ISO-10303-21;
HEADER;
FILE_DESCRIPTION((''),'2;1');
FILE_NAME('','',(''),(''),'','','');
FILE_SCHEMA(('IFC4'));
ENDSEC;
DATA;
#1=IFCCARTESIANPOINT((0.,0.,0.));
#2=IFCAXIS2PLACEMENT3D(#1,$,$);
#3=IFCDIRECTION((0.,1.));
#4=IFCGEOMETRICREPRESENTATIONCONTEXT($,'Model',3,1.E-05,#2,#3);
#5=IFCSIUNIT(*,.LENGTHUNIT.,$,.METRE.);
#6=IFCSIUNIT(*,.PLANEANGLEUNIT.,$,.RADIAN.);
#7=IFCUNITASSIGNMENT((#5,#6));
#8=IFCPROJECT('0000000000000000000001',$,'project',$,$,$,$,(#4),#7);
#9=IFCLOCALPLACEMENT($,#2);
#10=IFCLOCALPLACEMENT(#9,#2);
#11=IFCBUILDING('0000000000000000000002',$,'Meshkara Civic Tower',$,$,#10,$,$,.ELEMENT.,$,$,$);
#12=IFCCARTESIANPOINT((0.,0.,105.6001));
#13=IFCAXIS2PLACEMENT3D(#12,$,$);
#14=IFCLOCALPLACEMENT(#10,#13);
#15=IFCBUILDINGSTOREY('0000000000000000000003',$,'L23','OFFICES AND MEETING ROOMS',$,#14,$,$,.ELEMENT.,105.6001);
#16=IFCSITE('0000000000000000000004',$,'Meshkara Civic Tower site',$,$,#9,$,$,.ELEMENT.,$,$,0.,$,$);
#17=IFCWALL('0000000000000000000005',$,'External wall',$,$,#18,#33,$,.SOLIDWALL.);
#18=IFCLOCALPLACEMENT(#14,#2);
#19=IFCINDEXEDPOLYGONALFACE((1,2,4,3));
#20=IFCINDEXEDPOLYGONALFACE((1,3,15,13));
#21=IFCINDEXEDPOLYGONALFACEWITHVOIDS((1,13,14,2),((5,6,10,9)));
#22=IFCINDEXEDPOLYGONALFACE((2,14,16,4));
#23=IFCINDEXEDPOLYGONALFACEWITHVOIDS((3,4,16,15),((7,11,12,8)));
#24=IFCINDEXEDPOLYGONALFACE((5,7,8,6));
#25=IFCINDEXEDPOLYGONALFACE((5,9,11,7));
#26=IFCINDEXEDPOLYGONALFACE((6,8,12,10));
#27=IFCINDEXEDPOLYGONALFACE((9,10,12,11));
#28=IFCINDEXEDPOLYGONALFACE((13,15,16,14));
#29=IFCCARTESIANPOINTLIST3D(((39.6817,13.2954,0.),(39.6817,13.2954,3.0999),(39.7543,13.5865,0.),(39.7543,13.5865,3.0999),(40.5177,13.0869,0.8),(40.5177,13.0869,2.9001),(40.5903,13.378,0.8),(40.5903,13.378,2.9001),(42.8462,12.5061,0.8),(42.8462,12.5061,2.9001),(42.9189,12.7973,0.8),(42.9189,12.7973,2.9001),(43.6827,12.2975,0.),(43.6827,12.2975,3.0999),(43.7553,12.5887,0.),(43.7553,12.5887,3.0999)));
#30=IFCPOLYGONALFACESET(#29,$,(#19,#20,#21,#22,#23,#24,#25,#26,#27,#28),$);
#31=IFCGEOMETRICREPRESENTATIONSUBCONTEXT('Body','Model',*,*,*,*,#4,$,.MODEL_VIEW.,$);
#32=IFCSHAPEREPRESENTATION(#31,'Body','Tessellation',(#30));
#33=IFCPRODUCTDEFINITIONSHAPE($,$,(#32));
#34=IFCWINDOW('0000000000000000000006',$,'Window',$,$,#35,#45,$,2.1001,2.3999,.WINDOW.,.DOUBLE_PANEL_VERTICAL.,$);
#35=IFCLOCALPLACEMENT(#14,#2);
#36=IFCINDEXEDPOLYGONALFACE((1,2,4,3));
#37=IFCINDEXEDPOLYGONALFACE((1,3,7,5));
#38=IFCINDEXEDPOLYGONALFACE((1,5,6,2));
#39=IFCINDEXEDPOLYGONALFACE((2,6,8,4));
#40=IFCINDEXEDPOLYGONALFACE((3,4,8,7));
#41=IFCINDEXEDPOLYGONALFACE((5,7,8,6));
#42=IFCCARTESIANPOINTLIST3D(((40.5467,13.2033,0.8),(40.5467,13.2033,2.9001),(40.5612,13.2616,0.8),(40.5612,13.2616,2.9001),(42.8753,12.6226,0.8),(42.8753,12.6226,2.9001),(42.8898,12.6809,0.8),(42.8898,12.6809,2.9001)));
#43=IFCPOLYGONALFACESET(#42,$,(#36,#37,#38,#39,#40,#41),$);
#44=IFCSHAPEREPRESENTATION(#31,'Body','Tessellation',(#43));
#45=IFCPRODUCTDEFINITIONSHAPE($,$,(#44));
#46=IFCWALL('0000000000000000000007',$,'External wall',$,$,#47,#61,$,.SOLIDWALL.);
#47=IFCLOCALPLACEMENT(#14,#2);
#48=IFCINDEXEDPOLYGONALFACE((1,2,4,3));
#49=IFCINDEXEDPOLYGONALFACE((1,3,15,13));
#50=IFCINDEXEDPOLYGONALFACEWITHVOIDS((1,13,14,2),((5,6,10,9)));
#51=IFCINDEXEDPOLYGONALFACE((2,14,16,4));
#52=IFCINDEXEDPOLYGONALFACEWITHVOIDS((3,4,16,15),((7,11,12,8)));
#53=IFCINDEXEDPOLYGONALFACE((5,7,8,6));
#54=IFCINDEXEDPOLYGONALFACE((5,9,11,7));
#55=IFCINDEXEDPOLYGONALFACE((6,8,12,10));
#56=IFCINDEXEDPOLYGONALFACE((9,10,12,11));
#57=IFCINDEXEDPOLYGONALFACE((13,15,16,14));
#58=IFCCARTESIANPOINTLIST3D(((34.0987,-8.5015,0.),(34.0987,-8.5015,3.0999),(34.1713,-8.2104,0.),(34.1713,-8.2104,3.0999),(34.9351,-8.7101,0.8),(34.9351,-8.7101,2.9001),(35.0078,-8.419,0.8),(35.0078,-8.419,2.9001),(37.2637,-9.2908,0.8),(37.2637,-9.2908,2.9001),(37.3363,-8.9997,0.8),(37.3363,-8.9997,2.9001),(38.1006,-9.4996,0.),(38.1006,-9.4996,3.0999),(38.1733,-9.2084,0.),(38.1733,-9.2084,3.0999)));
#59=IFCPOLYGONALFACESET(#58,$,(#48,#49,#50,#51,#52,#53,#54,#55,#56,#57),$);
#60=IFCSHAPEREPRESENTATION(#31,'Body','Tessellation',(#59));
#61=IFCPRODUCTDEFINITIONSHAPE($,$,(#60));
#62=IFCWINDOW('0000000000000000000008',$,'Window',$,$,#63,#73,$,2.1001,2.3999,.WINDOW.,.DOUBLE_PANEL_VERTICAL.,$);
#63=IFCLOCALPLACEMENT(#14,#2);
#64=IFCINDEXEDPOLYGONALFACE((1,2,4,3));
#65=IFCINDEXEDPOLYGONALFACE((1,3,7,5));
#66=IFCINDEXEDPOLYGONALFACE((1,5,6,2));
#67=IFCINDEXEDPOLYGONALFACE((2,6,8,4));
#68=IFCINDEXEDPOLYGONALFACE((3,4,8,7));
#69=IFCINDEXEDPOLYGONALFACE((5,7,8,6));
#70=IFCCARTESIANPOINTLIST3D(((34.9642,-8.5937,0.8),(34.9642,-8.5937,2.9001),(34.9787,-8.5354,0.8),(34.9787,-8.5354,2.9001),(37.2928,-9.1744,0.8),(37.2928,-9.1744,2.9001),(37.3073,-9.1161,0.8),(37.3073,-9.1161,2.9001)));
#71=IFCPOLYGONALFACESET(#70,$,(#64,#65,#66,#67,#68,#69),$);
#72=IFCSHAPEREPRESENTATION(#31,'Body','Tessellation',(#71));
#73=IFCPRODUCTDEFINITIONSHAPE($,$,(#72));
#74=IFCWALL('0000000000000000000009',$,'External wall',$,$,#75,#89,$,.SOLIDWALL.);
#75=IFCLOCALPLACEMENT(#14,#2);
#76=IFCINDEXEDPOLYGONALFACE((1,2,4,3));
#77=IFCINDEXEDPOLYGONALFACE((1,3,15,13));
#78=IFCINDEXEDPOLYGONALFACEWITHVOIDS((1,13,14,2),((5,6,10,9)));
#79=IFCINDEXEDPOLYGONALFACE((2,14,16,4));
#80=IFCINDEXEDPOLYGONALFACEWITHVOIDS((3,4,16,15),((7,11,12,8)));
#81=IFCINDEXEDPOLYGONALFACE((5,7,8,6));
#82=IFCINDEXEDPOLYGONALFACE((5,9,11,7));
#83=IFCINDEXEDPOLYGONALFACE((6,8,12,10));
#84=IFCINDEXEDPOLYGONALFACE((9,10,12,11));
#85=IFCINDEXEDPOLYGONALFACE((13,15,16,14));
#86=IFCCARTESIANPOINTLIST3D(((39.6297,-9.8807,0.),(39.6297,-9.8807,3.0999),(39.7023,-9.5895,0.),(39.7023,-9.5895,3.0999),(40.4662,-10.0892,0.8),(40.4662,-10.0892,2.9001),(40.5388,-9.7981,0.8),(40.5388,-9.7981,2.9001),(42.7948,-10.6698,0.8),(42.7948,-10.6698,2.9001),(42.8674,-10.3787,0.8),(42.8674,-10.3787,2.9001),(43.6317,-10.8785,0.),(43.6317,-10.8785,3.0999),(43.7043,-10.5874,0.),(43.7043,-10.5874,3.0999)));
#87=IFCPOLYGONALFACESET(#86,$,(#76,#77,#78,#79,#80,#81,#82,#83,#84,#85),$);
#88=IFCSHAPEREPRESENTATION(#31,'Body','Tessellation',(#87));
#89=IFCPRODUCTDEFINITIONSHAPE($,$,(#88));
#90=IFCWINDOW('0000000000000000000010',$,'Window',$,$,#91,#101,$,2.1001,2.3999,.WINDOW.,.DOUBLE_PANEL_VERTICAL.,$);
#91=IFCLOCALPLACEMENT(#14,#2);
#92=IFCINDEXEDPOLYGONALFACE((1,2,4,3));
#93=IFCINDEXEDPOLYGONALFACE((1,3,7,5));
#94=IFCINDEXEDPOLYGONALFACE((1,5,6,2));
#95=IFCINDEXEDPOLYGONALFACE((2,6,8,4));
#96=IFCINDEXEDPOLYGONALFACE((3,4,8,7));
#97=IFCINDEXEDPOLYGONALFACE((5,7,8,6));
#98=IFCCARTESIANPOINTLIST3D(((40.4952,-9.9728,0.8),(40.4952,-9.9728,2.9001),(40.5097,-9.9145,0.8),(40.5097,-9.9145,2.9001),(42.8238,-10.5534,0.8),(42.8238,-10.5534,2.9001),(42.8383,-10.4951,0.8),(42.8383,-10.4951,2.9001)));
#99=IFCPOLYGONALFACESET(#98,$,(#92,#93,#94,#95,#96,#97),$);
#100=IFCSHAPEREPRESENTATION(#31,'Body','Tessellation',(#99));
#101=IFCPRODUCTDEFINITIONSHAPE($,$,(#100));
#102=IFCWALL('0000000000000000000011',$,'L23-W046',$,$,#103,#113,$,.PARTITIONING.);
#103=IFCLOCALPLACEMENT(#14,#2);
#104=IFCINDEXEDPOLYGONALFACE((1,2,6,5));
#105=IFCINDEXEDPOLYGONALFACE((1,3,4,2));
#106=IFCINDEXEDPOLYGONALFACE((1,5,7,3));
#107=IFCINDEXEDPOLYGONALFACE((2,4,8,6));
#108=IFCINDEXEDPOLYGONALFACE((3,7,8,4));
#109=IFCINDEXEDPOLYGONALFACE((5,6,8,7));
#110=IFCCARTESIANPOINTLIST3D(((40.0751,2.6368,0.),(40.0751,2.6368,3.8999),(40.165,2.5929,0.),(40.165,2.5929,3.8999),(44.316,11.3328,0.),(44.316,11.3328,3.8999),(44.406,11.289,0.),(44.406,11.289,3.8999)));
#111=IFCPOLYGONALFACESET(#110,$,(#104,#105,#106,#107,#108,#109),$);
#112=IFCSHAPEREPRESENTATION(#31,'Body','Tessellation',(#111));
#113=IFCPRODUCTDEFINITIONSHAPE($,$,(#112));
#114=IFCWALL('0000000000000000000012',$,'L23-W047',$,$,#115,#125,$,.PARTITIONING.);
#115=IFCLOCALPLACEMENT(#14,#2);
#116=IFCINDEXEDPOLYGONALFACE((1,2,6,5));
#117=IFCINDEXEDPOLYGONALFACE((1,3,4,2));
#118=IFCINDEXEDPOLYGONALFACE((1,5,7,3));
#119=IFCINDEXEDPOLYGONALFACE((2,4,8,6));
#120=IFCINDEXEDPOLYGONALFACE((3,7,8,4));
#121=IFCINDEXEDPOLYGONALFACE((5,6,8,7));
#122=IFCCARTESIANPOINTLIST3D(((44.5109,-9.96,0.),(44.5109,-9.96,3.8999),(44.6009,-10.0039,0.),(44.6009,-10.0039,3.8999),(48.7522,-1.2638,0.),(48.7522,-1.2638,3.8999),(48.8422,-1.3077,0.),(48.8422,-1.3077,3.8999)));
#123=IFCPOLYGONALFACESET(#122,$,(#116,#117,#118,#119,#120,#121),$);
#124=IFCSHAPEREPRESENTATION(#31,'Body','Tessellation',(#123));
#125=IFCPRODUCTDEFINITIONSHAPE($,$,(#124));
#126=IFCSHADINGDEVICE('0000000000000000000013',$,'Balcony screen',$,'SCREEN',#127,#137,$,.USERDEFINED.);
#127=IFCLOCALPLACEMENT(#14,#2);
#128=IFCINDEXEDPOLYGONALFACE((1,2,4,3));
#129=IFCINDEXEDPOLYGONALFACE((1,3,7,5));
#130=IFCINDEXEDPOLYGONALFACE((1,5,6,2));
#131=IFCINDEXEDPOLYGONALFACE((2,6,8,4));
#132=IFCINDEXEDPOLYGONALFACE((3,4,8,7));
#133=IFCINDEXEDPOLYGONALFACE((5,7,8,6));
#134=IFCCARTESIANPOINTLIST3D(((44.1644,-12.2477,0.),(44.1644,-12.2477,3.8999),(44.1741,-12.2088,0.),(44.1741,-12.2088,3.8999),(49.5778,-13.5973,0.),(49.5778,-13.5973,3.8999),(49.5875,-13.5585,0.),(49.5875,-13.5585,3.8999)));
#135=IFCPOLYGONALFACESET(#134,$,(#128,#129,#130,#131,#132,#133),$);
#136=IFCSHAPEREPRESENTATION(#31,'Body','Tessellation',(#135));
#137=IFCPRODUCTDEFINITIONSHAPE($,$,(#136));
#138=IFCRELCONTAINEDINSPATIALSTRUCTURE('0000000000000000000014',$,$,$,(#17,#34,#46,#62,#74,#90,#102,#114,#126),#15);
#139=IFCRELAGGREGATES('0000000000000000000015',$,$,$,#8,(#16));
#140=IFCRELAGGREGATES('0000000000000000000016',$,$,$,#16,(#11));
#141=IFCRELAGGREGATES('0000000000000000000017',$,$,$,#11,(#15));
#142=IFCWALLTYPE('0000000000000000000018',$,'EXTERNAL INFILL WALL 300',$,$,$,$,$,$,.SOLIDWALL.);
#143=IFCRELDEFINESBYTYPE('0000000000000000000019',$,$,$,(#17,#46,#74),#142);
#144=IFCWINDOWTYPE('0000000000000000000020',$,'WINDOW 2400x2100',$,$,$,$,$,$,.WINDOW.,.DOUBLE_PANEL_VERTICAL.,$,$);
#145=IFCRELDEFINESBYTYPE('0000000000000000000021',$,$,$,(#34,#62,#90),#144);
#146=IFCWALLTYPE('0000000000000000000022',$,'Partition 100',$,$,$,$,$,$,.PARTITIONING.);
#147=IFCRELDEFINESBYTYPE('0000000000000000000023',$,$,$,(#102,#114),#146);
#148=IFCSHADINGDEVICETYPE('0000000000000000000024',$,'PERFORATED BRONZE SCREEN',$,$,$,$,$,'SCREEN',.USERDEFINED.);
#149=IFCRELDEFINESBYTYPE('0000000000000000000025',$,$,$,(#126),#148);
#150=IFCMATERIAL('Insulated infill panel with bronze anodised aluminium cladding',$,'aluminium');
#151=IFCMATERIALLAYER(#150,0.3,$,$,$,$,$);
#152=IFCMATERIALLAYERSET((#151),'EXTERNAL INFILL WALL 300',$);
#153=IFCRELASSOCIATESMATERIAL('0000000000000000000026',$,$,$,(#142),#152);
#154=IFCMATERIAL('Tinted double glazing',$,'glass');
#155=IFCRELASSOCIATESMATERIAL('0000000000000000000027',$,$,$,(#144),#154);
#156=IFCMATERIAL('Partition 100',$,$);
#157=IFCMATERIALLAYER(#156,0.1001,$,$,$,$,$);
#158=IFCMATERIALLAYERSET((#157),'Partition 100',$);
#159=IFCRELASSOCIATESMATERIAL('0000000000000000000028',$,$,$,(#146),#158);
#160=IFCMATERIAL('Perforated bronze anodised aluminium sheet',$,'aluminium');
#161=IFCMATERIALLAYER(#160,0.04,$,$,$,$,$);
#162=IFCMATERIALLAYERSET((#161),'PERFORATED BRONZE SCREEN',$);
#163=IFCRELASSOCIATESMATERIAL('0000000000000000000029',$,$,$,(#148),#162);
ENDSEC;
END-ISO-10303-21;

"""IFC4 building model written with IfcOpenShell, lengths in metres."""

from ifc_helpers import new_model, si_unit, direction, frame, frame_2d, origin, origin_2d, place, context, subcontext, project, spatial, rectangle, extrude, material, layer, layer_set, type_object, element, fill, save


model = new_model("IFC4")

# Units and contexts
model_context = context("Model", 3, precision=1e-05, world=origin(), true_north=direction((0.0, 1.0)))
body_context = subcontext(model_context, "Body", "Model", "MODEL_VIEW")
ifc_project = project(units=[si_unit("LENGTHUNIT", "METRE"), si_unit("PLANEANGLEUNIT", "RADIAN")], contexts=[model_context])

# Site, building, storey
site_placement = place(None, origin())
site = spatial("IfcSite", under=ifc_project, at=site_placement, Name="Meshkara Civic Tower site", CompositionType="ELEMENT", RefElevation=0.0)
building_placement = place(site_placement, origin())
building = spatial("IfcBuilding", under=site, at=building_placement, Name="Meshkara Civic Tower", CompositionType="ELEMENT")
storey_placement = place(building_placement, frame((0.0, 0.0, 105.6001)))
storey = spatial("IfcBuildingStorey", under=building, at=storey_placement, Name="L23", Description="OFFICES AND MEETING ROOMS", CompositionType="ELEMENT", Elevation=105.6001)

# Walls, openings, windows
ifc_material_1 = material(Name="Insulated infill panel with bronze anodised aluminium cladding", Category="aluminium")
ifc_layer_1 = layer(ifc_material_1, 0.3)
ifc_layer_set_1 = layer_set([ifc_layer_1], Name="EXTERNAL INFILL WALL 300")
wall_type_1 = type_object("IfcWallType", Name="EXTERNAL INFILL WALL 300", PredefinedType="SOLIDWALL", material=ifc_layer_set_1)
wall_1_placement = place(storey_placement, frame((43.719, 12.4431, 0.0), z_axis=(0.0, 0.0, 1.0), x_axis=(-0.970282, 0.241978, 0.0)))
wall_1 = element("IfcWall", 1, at=wall_1_placement, inside=storey, type_object=wall_type_1, Name="External wall", PredefinedType="SOLIDWALL", context=body_context, shape_type="SweptSolid", body=[
    extrude(rectangle(XDim=4.1235, YDim=0.3, at=frame_2d((2.0618, 0.0))), origin(), (0.0, 0.0, 1.0), 3.0999),
])
opening_1_placement = place(wall_1_placement, frame((0.8621, 0.0, 0.8)))
opening_1 = element("IfcOpeningElement", 2, at=opening_1_placement, cuts=wall_1, PredefinedType="OPENING", context=body_context, shape_type="SweptSolid", body=[
    extrude(rectangle(XDim=2.3999, YDim=2.1001, at=frame_2d((1.2, 1.05))), frame((0.0, 0.1599, 0.0), z_axis=(0.0, -1.0, 0.0), x_axis=(1.0, 0.0, 0.0)), (0.0, 0.0, 1.0), 0.3201),
])
ifc_material_2 = material(Name="Tinted double glazing", Category="glass")
window_type = type_object("IfcWindowType", Name="WINDOW 2400x2100", PartitioningType="DOUBLE_PANEL_VERTICAL", PredefinedType="WINDOW", material=ifc_material_2)
window_1_placement = place(opening_1_placement, origin())
window_1 = element("IfcWindow", 3, at=window_1_placement, inside=storey, type_object=window_type, Name="Window", OverallHeight=2.1001, OverallWidth=2.3999, PartitioningType="DOUBLE_PANEL_VERTICAL", PredefinedType="WINDOW", context=body_context, shape_type="SweptSolid", body=[
    extrude(rectangle(XDim=2.3999, YDim=2.1001, at=frame_2d((1.2, 1.05))), frame((0.0, 0.03, 0.0), z_axis=(0.0, -1.0, 0.0), x_axis=(1.0, 0.0, 0.0)), (0.0, 0.0, 1.0), 0.0601),
])
fill(opening_1, window_1)
wall_2_placement = place(storey_placement, frame((34.135, -8.356, 0.0), z_axis=(0.0, 0.0, 1.0), x_axis=(0.970282, -0.241978, 0.0)))
wall_2 = element("IfcWall", 4, at=wall_2_placement, inside=storey, type_object=wall_type_1, Name="External wall", PredefinedType="SOLIDWALL", context=body_context, shape_type="SweptSolid", body=[
    extrude(rectangle(XDim=4.1245, YDim=0.3, at=frame_2d((2.0623, 0.0))), origin(), (0.0, 0.0, 1.0), 3.0999),
])
opening_2_placement = place(wall_2_placement, frame((0.8621, 0.0, 0.8)))
opening_2 = element("IfcOpeningElement", 5, at=opening_2_placement, cuts=wall_2, PredefinedType="OPENING", context=body_context, shape_type="SweptSolid", body=[
    extrude(rectangle(XDim=2.3999, YDim=2.1001, at=frame_2d((1.2, 1.05))), frame((0.0, 0.1599, 0.0), z_axis=(0.0, -1.0, 0.0), x_axis=(1.0, 0.0, 0.0)), (0.0, 0.0, 1.0), 0.3201),
])
window_2_placement = place(opening_2_placement, origin())
window_2 = element("IfcWindow", 6, at=window_2_placement, inside=storey, type_object=window_type, Name="Window", OverallHeight=2.1001, OverallWidth=2.3999, PartitioningType="DOUBLE_PANEL_VERTICAL", PredefinedType="WINDOW", context=body_context, shape_type="SweptSolid", body=[
    extrude(rectangle(XDim=2.3999, YDim=2.1001, at=frame_2d((1.2, 1.05))), frame((0.0, 0.03, 0.0), z_axis=(0.0, -1.0, 0.0), x_axis=(1.0, 0.0, 0.0)), (0.0, 0.0, 1.0), 0.0601),
])
fill(opening_2, window_2)
wall_3_placement = place(storey_placement, frame((39.666, -9.7351, 0.0), z_axis=(0.0, 0.0, 1.0), x_axis=(0.970296, -0.241923, 0.0)))
wall_3 = element("IfcWall", 7, at=wall_3_placement, inside=storey, type_object=wall_type_1, Name="External wall", PredefinedType="SOLIDWALL", context=body_context, shape_type="SweptSolid", body=[
    extrude(rectangle(XDim=4.1245, YDim=0.3, at=frame_2d((2.0623, 0.0))), origin(), (0.0, 0.0, 1.0), 3.0999),
])
opening_3_placement = place(wall_3_placement, frame((0.8621, 0.0, 0.8)))
opening_3 = element("IfcOpeningElement", 8, at=opening_3_placement, cuts=wall_3, PredefinedType="OPENING", context=body_context, shape_type="SweptSolid", body=[
    extrude(rectangle(XDim=2.3999, YDim=2.1001, at=frame_2d((1.2, 1.05))), frame((0.0, 0.1599, 0.0), z_axis=(0.0, -1.0, 0.0), x_axis=(1.0, 0.0, 0.0)), (0.0, 0.0, 1.0), 0.3201),
])
window_3_placement = place(opening_3_placement, origin())
window_3 = element("IfcWindow", 9, at=window_3_placement, inside=storey, type_object=window_type, Name="Window", OverallHeight=2.1001, OverallWidth=2.3999, PartitioningType="DOUBLE_PANEL_VERTICAL", PredefinedType="WINDOW", context=body_context, shape_type="SweptSolid", body=[
    extrude(rectangle(XDim=2.3999, YDim=2.1001, at=frame_2d((1.2, 1.05))), frame((0.0, 0.03, 0.0), z_axis=(0.0, -1.0, 0.0), x_axis=(1.0, 0.0, 0.0)), (0.0, 0.0, 1.0), 0.0601),
])
fill(opening_3, window_3)

# Walls
ifc_material_3 = material(Name="Partition 100")
ifc_layer_2 = layer(ifc_material_3, 0.1001)
ifc_layer_set_2 = layer_set([ifc_layer_2], Name="Partition 100")
wall_type_2 = type_object("IfcWallType", Name="Partition 100", PredefinedType="PARTITIONING", material=ifc_layer_set_2)
wall_4_placement = place(storey_placement, frame((40.1201, 2.615, 0.0), z_axis=(0.0, 0.0, 1.0), x_axis=(0.43834, 0.898809, 0.0)))
element("IfcWall", 10, at=wall_4_placement, inside=storey, type_object=wall_type_2, Name="L23-W046", PredefinedType="PARTITIONING", context=body_context, shape_type="SweptSolid", body=[
    extrude(rectangle(XDim=9.675, YDim=0.1001, at=frame_2d((4.8374, 0.0))), origin(), (0.0, 0.0, 1.0), 3.8999),
])
wall_5_placement = place(storey_placement, frame((44.5559, -9.9819, 0.0), z_axis=(0.0, 0.0, 1.0), x_axis=(0.43836, 0.898799, 0.0)))
element("IfcWall", 11, at=wall_5_placement, inside=storey, type_object=wall_type_2, Name="L23-W047", PredefinedType="PARTITIONING", context=body_context, shape_type="SweptSolid", body=[
    extrude(rectangle(XDim=9.6753, YDim=0.1001, at=frame_2d((4.8376, 0.0))), origin(), (0.0, 0.0, 1.0), 3.8999),
])

# Shading device
ifc_material_4 = material(Name="Perforated bronze anodised aluminium sheet", Category="aluminium")
ifc_layer_3 = layer(ifc_material_4, 0.04)
ifc_layer_set_3 = layer_set([ifc_layer_3], Name="PERFORATED BRONZE SCREEN")
shading_device_type = type_object("IfcShadingDeviceType", Name="PERFORATED BRONZE SCREEN", ElementType="SCREEN", PredefinedType="USERDEFINED", material=ifc_layer_set_3)
shading_device_placement = place(storey_placement, frame((46.876, -12.9031, 0.0), z_axis=(0.0, 0.0, 1.0), x_axis=(0.9703, -0.241905, 0.0)))
element("IfcShadingDevice", 12, at=shading_device_placement, inside=storey, type_object=shading_device_type, Name="Balcony screen", ObjectType="SCREEN", PredefinedType="USERDEFINED", context=body_context, shape_type="SweptSolid", body=[
    extrude(rectangle(XDim=5.5791, YDim=0.04, at=origin_2d()), origin(), (0.0, 0.0, 1.0), 3.8999),
])

save(model, "model.ifc")
